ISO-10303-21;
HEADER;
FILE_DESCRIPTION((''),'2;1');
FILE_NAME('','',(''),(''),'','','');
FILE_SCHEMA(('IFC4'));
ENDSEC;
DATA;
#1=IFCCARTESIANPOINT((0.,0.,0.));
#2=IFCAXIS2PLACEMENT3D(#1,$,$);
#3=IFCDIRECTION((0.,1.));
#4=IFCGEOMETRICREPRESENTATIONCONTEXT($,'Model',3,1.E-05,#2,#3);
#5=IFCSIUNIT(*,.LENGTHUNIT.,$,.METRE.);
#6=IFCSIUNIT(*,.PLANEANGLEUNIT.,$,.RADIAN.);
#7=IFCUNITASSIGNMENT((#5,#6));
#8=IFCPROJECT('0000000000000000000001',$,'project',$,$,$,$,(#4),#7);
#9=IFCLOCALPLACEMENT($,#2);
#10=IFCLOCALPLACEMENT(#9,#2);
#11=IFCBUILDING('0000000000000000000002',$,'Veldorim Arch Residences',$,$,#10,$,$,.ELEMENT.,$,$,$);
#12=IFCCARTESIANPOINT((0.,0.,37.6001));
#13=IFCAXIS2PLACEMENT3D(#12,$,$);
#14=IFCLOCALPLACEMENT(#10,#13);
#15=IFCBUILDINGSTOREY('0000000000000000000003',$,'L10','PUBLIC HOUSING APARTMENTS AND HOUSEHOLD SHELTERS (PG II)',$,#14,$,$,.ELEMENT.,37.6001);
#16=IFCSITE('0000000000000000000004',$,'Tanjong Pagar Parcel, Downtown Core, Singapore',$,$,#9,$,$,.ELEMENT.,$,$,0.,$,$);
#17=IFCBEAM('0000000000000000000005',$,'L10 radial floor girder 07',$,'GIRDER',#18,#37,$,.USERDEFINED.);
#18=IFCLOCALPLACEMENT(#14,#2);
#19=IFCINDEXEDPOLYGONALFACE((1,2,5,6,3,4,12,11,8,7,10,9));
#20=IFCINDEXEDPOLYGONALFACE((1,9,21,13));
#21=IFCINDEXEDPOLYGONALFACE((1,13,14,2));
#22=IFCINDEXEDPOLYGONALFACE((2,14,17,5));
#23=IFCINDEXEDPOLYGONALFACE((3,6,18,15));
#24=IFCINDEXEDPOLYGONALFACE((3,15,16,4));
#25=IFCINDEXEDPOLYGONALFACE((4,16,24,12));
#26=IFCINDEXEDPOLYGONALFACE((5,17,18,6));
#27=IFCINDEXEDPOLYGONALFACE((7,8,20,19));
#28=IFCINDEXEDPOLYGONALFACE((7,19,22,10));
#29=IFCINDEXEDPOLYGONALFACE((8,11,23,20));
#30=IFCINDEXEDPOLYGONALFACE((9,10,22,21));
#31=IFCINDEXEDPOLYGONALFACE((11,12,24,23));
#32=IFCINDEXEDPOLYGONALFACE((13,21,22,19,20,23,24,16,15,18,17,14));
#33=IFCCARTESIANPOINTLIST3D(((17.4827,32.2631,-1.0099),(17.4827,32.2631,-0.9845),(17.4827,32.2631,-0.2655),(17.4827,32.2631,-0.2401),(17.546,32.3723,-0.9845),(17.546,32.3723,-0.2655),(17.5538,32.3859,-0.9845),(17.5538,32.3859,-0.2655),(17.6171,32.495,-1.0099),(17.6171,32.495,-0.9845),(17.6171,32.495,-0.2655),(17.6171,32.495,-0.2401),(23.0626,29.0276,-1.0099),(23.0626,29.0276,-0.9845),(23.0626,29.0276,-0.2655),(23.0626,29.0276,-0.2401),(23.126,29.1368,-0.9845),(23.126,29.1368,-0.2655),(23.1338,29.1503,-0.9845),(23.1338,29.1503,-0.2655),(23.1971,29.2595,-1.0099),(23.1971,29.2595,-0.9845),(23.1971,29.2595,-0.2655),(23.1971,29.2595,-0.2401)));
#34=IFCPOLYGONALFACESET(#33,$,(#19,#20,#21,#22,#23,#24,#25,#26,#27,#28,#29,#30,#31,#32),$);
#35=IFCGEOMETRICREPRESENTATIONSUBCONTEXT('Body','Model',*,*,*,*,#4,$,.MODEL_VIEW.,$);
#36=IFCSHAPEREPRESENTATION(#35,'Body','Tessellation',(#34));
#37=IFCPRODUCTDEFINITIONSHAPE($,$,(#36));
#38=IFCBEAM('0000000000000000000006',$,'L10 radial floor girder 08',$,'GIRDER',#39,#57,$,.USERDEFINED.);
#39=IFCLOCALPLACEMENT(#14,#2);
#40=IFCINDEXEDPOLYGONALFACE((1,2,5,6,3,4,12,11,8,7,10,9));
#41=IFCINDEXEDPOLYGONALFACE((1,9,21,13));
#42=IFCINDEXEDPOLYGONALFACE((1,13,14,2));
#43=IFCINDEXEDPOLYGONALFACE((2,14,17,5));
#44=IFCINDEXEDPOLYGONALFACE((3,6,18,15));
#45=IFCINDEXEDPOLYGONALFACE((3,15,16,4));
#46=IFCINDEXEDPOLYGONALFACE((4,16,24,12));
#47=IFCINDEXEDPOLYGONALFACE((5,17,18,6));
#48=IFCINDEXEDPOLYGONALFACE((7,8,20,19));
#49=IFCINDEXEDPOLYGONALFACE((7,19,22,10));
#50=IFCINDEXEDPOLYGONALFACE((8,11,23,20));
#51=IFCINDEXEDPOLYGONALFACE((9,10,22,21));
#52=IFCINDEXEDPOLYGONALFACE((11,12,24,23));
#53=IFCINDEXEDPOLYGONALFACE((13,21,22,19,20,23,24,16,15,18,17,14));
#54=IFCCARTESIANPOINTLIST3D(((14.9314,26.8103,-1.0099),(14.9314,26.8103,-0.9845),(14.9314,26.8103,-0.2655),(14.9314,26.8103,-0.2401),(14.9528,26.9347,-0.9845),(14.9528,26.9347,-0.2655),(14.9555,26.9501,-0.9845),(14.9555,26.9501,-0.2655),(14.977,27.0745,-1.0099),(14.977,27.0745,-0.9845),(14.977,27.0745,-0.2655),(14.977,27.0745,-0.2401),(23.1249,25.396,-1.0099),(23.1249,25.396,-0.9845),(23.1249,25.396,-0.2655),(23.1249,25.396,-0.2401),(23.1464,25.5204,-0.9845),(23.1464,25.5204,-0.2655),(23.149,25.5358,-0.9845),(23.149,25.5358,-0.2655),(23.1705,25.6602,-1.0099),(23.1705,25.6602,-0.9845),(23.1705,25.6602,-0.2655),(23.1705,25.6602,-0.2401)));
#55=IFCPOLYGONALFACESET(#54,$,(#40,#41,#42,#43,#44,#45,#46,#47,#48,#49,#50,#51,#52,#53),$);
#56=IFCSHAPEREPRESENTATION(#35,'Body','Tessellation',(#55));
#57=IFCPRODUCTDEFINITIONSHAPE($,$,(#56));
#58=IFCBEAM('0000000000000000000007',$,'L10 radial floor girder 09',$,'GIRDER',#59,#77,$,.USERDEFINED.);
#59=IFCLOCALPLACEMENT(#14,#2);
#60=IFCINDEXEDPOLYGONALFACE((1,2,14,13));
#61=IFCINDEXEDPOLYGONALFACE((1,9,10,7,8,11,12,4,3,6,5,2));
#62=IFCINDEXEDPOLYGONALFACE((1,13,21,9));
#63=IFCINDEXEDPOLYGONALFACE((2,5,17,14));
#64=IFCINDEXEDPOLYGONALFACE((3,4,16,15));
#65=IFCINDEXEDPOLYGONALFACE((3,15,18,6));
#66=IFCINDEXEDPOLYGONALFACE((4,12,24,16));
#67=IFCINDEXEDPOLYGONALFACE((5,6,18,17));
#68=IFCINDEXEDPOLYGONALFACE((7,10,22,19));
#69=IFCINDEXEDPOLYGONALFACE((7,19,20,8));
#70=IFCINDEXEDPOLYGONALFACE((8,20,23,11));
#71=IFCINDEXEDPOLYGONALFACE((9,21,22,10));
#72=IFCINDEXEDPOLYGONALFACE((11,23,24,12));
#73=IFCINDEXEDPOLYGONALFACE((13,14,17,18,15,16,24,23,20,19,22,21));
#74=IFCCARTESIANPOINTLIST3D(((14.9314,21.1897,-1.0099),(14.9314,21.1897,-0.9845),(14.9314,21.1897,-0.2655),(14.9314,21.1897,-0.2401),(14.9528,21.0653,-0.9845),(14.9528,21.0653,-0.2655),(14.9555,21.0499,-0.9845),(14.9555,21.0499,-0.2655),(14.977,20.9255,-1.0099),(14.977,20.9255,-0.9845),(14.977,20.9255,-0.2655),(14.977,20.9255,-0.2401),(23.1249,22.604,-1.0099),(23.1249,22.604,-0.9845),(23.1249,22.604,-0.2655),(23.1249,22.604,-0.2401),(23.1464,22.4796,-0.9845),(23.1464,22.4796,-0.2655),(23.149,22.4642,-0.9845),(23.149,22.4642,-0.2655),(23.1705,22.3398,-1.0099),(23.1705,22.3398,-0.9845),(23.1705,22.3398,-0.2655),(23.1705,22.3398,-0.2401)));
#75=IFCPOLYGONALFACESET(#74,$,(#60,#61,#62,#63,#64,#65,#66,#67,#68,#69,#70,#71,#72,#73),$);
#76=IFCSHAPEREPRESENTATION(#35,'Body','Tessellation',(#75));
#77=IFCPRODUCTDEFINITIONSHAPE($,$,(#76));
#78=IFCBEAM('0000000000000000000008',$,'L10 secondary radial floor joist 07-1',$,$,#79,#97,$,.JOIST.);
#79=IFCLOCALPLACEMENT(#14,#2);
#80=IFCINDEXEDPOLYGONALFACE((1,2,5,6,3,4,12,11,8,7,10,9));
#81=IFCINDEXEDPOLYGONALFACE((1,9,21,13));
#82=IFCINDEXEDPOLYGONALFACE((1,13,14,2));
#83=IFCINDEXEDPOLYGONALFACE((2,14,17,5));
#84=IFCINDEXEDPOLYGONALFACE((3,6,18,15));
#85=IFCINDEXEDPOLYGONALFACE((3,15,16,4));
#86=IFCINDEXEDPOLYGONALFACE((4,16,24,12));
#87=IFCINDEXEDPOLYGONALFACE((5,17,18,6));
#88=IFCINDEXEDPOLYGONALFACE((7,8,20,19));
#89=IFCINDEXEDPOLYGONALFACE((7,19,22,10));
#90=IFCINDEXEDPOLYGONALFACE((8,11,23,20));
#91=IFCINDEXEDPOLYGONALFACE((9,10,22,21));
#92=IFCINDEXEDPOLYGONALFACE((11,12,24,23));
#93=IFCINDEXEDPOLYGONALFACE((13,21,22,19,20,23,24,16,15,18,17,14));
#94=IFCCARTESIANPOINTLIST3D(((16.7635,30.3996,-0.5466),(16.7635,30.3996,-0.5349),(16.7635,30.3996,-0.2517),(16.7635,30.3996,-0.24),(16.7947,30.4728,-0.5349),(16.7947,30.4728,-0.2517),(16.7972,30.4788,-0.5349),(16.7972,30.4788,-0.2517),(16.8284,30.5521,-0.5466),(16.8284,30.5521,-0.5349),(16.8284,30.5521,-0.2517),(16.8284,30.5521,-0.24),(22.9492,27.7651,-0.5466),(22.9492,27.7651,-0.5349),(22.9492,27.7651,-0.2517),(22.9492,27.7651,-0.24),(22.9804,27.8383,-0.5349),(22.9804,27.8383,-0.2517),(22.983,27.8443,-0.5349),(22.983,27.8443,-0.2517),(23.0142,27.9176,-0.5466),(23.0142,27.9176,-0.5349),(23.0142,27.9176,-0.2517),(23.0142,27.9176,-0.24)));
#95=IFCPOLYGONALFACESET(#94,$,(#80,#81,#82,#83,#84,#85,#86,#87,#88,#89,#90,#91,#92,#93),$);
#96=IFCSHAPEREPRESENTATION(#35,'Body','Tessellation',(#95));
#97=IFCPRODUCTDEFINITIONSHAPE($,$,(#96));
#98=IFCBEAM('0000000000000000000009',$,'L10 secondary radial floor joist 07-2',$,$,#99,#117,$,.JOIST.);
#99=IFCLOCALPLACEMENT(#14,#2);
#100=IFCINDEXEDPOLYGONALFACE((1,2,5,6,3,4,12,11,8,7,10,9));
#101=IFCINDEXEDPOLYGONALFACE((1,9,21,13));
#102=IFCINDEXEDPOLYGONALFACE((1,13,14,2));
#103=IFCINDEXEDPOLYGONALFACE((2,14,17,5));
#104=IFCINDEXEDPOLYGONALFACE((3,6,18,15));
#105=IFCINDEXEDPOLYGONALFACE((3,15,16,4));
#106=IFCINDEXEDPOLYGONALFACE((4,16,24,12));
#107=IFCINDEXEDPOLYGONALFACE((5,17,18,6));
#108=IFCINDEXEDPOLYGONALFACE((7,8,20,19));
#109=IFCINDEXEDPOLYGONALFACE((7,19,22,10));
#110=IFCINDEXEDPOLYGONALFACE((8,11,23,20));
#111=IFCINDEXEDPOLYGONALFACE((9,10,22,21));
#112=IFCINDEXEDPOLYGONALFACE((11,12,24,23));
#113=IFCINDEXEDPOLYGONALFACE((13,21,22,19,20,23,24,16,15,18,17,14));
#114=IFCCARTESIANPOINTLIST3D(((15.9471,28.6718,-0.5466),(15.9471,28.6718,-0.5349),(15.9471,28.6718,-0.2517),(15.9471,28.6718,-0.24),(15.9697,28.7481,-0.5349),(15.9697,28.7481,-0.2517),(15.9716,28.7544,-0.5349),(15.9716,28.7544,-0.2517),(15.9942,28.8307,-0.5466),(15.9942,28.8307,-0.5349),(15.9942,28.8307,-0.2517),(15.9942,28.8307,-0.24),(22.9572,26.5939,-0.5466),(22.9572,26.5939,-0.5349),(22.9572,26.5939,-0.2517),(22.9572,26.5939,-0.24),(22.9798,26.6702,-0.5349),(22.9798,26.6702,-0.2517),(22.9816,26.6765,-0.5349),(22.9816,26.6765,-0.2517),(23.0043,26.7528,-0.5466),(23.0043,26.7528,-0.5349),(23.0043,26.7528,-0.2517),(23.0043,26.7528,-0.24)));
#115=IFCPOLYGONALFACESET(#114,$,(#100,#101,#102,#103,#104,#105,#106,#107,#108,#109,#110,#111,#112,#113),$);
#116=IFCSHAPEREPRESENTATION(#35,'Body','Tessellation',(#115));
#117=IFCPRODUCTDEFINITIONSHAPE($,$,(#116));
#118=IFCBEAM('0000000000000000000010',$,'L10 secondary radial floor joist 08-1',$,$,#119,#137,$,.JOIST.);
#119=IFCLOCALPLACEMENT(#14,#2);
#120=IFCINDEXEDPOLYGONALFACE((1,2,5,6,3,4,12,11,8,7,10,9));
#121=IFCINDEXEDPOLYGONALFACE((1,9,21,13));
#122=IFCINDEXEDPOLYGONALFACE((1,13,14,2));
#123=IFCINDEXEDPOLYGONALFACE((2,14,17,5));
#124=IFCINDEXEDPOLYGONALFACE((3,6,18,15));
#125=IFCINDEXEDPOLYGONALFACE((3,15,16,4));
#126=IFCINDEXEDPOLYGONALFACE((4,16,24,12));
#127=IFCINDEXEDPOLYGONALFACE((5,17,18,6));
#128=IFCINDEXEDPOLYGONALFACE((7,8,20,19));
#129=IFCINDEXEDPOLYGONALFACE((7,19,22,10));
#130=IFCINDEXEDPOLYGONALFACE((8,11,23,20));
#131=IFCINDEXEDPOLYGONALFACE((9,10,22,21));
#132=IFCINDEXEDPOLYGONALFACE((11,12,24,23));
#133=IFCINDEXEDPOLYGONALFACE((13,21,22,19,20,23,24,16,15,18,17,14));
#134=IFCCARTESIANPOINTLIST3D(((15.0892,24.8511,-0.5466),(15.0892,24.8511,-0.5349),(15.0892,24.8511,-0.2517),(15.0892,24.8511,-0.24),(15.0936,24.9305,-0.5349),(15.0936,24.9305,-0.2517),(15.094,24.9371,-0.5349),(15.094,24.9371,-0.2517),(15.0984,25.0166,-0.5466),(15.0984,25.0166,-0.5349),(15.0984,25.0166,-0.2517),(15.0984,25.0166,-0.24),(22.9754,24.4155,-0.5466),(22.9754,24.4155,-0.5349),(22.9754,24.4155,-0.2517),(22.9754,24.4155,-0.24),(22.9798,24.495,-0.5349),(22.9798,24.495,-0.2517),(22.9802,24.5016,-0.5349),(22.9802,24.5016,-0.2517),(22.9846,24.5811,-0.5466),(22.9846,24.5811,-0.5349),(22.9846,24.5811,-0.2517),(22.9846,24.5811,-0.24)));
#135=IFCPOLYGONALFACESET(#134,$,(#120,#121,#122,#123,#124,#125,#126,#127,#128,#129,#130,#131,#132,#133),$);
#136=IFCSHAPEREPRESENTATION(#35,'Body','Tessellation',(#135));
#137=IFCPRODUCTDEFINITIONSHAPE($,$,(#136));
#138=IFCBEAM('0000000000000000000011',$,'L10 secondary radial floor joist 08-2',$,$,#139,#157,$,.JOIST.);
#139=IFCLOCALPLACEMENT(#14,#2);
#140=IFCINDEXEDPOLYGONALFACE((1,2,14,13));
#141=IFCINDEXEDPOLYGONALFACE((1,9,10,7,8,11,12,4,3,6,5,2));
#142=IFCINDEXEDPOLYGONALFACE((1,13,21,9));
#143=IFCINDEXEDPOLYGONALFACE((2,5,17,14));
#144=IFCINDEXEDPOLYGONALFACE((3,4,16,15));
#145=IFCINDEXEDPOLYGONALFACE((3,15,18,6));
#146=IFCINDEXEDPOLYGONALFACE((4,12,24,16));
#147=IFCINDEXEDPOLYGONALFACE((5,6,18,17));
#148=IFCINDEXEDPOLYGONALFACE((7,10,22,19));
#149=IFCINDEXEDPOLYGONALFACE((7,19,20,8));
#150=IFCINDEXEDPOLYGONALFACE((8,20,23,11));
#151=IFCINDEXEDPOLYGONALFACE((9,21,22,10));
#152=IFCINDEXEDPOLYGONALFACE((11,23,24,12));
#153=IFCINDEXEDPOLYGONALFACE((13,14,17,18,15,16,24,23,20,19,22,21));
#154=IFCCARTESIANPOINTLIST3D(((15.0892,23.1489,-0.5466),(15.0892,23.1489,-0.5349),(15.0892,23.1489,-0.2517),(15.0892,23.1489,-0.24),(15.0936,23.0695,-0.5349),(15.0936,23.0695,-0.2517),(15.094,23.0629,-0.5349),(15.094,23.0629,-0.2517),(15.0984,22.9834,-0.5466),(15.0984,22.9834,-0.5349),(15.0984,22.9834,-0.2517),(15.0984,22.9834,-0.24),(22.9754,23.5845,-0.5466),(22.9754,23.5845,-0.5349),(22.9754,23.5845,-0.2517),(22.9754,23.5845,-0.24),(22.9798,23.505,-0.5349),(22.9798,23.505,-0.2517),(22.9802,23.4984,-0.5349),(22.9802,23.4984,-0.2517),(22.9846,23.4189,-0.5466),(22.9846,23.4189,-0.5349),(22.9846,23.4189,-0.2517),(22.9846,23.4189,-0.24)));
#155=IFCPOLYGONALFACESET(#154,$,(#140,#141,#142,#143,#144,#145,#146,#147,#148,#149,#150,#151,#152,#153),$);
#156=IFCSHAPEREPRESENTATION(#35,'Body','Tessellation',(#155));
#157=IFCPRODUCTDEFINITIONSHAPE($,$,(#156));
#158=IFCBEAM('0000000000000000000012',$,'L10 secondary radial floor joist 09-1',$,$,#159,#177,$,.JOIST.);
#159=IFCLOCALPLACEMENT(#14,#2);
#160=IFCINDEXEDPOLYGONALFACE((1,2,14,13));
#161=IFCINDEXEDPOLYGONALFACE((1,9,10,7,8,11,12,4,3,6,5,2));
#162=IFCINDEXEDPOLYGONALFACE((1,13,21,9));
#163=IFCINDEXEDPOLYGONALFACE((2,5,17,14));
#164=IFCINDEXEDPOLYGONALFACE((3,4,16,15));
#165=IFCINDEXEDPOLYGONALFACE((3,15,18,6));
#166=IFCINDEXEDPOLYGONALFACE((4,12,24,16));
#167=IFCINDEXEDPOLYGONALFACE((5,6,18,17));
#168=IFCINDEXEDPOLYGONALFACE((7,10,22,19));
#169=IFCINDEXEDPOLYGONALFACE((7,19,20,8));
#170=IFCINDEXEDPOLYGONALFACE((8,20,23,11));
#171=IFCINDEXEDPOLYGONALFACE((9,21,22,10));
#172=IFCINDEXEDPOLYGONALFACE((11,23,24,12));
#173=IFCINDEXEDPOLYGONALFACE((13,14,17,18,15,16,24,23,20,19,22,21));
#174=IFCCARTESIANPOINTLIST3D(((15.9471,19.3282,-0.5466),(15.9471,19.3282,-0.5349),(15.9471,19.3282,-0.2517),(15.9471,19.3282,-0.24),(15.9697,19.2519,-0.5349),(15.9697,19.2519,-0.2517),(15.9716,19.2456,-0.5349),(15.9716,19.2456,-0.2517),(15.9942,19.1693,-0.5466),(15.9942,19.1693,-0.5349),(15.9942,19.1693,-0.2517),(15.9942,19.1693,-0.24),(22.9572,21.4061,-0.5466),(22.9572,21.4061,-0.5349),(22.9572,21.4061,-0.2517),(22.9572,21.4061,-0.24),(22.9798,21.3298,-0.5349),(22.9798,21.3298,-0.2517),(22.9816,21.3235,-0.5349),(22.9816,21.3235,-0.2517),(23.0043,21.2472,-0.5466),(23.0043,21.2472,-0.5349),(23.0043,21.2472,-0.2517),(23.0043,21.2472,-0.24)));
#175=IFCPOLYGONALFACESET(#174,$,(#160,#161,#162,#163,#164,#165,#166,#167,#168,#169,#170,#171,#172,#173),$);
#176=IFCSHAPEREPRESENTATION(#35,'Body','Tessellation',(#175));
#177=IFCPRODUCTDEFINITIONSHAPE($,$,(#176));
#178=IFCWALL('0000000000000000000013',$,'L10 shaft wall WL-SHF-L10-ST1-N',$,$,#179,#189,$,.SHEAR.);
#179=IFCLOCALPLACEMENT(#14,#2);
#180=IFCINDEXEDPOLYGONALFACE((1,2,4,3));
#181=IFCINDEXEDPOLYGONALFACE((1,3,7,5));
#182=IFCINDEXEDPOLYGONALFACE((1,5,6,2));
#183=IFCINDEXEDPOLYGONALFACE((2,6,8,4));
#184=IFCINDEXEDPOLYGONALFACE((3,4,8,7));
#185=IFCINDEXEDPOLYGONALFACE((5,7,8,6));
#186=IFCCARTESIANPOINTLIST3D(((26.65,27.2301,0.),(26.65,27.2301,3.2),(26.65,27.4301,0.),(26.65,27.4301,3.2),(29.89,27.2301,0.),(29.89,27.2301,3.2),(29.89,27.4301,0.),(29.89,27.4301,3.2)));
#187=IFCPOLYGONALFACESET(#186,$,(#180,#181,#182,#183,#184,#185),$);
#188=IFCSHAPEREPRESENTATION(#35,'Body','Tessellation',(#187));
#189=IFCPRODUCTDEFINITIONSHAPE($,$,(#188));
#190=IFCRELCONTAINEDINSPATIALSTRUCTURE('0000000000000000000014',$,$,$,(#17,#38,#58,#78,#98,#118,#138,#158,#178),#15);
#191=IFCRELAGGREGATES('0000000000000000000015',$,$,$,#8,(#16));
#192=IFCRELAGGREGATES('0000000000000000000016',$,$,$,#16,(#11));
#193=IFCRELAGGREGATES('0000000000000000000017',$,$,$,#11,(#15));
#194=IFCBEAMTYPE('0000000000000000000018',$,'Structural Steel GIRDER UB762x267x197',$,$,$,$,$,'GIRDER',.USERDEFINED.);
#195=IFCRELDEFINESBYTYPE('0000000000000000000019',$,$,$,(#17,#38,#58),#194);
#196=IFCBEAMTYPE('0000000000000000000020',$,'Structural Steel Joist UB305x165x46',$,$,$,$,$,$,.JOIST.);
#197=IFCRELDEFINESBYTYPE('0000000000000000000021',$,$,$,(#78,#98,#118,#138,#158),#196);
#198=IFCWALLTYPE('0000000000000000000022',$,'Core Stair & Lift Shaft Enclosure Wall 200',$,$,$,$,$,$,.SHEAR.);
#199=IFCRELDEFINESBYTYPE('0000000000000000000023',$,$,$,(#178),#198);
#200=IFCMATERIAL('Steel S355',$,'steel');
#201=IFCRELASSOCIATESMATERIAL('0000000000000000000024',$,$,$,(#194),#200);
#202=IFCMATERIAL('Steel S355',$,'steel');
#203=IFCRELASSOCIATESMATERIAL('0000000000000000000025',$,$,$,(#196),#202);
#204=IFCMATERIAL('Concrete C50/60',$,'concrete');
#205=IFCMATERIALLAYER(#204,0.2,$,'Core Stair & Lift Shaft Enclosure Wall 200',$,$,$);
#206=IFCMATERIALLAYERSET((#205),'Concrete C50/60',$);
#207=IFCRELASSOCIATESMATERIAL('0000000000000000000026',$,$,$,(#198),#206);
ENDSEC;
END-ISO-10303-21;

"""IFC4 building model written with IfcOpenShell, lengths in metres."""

from ifc_helpers import new_model, si_unit, direction, frame, frame_2d, origin, origin_2d, place, context, subcontext, project, spatial, rectangle, i_section, extrude, material, layer, layer_set, material_profile, profile_set, type_object, element, save


model = new_model("IFC4")

# Units and contexts
model_context = context("Model", 3, precision=1e-05, world=origin(), true_north=direction((0.0, 1.0)))
body_context = subcontext(model_context, "Body", "Model", "MODEL_VIEW")
ifc_project = project(units=[si_unit("LENGTHUNIT", "METRE"), si_unit("PLANEANGLEUNIT", "RADIAN")], contexts=[model_context])

# Site, building, storey
site_placement = place(None, origin())
site = spatial("IfcSite", under=ifc_project, at=site_placement, Name="Tanjong Pagar Parcel, Downtown Core, Singapore", CompositionType="ELEMENT", RefElevation=0.0)
building_placement = place(site_placement, origin())
building = spatial("IfcBuilding", under=site, at=building_placement, Name="Veldorim Arch Residences", CompositionType="ELEMENT")
storey_placement = place(building_placement, frame((0.0, 0.0, 37.6001)))
storey = spatial("IfcBuildingStorey", under=building, at=storey_placement, Name="L10", Description="PUBLIC HOUSING APARTMENTS AND HOUSEHOLD SHELTERS (PG II)", CompositionType="ELEMENT", Elevation=37.6001)

# Beams
ifc_material_1 = material(Name="Steel S355", Category="steel")
ifc_material_profile_1 = material_profile(ifc_material_1, i_section(OverallWidth=0.2681, OverallDepth=0.7698, WebThickness=0.0156, FlangeThickness=0.0254, at=origin_2d()), Name="UB762x267x197")
ifc_profile_set_1 = profile_set([ifc_material_profile_1], Name="Steel S355")
beam_type_1 = type_object("IfcBeamType", Name="Structural Steel GIRDER UB762x267x197", ElementType="GIRDER", PredefinedType="USERDEFINED", material=ifc_profile_set_1)
beam_1_placement = place(storey_placement, frame((23.1299, 29.1436, -0.625), z_axis=(-0.865088, 0.50162, 0.0), x_axis=(-0.50162, -0.865088, 0.0)))
element("IfcBeam", 1, at=beam_1_placement, inside=storey, type_object=beam_type_1, Name="L10 radial floor girder 07", ObjectType="GIRDER", PredefinedType="USERDEFINED", context=body_context, shape_type="SweptSolid", body=[
    extrude(i_section(OverallWidth=0.2681, OverallDepth=0.7698, WebThickness=0.0156, FlangeThickness=0.0254, at=origin_2d()), origin(), (0.0, 0.0, 1.0), 6.4502),
])
for number, where, z_axis, x_axis, name in (
    (2, (23.1477, 25.5281, -0.625), (-0.985428, 0.170096, 0.0), (-0.170096, -0.985428, 0.0), "L10 radial floor girder 08"),
    (3, (23.1477, 22.4719, -0.625), (-0.985428, -0.170096, 0.0), (0.170096, -0.985428, 0.0), "L10 radial floor girder 09"),
):
    element("IfcBeam", number, at=place(storey_placement, frame(where, z_axis=z_axis, x_axis=x_axis)), inside=storey, type_object=beam_type_1, Name=name, ObjectType="GIRDER", PredefinedType="USERDEFINED", context=body_context, shape_type="SweptSolid", body=[
        extrude(i_section(OverallWidth=0.2681, OverallDepth=0.7698, WebThickness=0.0156, FlangeThickness=0.0254, at=origin_2d()), origin(), (0.0, 0.0, 1.0), 8.3147),
    ])
ifc_material_2 = material(Name="Steel S355", Category="steel")
ifc_material_profile_2 = material_profile(ifc_material_2, i_section(OverallWidth=0.1658, OverallDepth=0.3066, WebThickness=0.0066, FlangeThickness=0.0117, at=origin_2d()), Name="UB305x165x46")
ifc_profile_set_2 = profile_set([ifc_material_profile_2], Name="Steel S355")
beam_type_2 = type_object("IfcBeamType", Name="Structural Steel Joist UB305x165x46", PredefinedType="JOIST", material=ifc_profile_set_2)
beam_2_placement = place(storey_placement, frame((22.9817, 27.8413, -0.3933), z_axis=(-0.920033, 0.391841, 0.0), x_axis=(-0.391841, -0.920033, 0.0)))
element("IfcBeam", 4, at=beam_2_placement, inside=storey, type_object=beam_type_2, Name="L10 secondary radial floor joist 07-1", PredefinedType="JOIST", context=body_context, shape_type="SweptSolid", body=[
    extrude(i_section(OverallWidth=0.1658, OverallDepth=0.3066, WebThickness=0.0066, FlangeThickness=0.0117, at=origin_2d()), origin(), (0.0, 0.0, 1.0), 6.7234),
])
beam_3_placement = place(storey_placement, frame((22.9807, 26.6733, -0.3933), z_axis=(-0.958767, 0.284194, 0.0), x_axis=(-0.284194, -0.958767, 0.0)))
element("IfcBeam", 5, at=beam_3_placement, inside=storey, type_object=beam_type_2, Name="L10 secondary radial floor joist 07-2", PredefinedType="JOIST", context=body_context, shape_type="SweptSolid", body=[
    extrude(i_section(OverallWidth=0.1658, OverallDepth=0.3066, WebThickness=0.0066, FlangeThickness=0.0117, at=origin_2d()), origin(), (0.0, 0.0, 1.0), 7.3115),
])
for number, where, z_axis, x_axis, name in (
    (6, (22.98, 24.4983, -0.3933), (-0.998478, 0.055145, 0.0), (-0.055145, -0.998478, 0.0), "L10 secondary radial floor joist 08-1"),
    (7, (22.98, 23.5017, -0.3933), (-0.998478, -0.055145, 0.0), (0.055145, -0.998478, 0.0), "L10 secondary radial floor joist 08-2"),
):
    element("IfcBeam", number, at=place(storey_placement, frame(where, z_axis=z_axis, x_axis=x_axis)), inside=storey, type_object=beam_type_2, Name=name, PredefinedType="JOIST", context=body_context, shape_type="SweptSolid", body=[
        extrude(i_section(OverallWidth=0.1658, OverallDepth=0.3066, WebThickness=0.0066, FlangeThickness=0.0117, at=origin_2d()), origin(), (0.0, 0.0, 1.0), 7.8982),
    ])
beam_4_placement = place(storey_placement, frame((22.9807, 21.3267, -0.3933), z_axis=(-0.958767, -0.284194, 0.0), x_axis=(0.284194, -0.958767, 0.0)))
element("IfcBeam", 8, at=beam_4_placement, inside=storey, type_object=beam_type_2, Name="L10 secondary radial floor joist 09-1", PredefinedType="JOIST", context=body_context, shape_type="SweptSolid", body=[
    extrude(i_section(OverallWidth=0.1658, OverallDepth=0.3066, WebThickness=0.0066, FlangeThickness=0.0117, at=origin_2d()), origin(), (0.0, 0.0, 1.0), 7.3115),
])

# Wall
ifc_material_3 = material(Name="Concrete C50/60", Category="concrete")
ifc_layer = layer(ifc_material_3, 0.2, Name="Core Stair & Lift Shaft Enclosure Wall 200")
ifc_layer_set = layer_set([ifc_layer], Name="Concrete C50/60")
wall_type = type_object("IfcWallType", Name="Core Stair & Lift Shaft Enclosure Wall 200", PredefinedType="SHEAR", material=ifc_layer_set)
wall_1_placement = place(storey_placement, frame((26.6499, 27.3301, 0.0), z_axis=(0.0, 0.0, 1.0), x_axis=(1.0, 0.0, 0.0)))
element("IfcWall", 9, at=wall_1_placement, inside=storey, type_object=wall_type, Name="L10 shaft wall WL-SHF-L10-ST1-N", PredefinedType="SHEAR", context=body_context, shape_type="SweptSolid", body=[
    extrude(rectangle(XDim=3.24, YDim=0.2, at=frame_2d((1.6201, 0.0))), origin(), (0.0, 0.0, 1.0), 3.2),
])

save(model, "model.ifc")
